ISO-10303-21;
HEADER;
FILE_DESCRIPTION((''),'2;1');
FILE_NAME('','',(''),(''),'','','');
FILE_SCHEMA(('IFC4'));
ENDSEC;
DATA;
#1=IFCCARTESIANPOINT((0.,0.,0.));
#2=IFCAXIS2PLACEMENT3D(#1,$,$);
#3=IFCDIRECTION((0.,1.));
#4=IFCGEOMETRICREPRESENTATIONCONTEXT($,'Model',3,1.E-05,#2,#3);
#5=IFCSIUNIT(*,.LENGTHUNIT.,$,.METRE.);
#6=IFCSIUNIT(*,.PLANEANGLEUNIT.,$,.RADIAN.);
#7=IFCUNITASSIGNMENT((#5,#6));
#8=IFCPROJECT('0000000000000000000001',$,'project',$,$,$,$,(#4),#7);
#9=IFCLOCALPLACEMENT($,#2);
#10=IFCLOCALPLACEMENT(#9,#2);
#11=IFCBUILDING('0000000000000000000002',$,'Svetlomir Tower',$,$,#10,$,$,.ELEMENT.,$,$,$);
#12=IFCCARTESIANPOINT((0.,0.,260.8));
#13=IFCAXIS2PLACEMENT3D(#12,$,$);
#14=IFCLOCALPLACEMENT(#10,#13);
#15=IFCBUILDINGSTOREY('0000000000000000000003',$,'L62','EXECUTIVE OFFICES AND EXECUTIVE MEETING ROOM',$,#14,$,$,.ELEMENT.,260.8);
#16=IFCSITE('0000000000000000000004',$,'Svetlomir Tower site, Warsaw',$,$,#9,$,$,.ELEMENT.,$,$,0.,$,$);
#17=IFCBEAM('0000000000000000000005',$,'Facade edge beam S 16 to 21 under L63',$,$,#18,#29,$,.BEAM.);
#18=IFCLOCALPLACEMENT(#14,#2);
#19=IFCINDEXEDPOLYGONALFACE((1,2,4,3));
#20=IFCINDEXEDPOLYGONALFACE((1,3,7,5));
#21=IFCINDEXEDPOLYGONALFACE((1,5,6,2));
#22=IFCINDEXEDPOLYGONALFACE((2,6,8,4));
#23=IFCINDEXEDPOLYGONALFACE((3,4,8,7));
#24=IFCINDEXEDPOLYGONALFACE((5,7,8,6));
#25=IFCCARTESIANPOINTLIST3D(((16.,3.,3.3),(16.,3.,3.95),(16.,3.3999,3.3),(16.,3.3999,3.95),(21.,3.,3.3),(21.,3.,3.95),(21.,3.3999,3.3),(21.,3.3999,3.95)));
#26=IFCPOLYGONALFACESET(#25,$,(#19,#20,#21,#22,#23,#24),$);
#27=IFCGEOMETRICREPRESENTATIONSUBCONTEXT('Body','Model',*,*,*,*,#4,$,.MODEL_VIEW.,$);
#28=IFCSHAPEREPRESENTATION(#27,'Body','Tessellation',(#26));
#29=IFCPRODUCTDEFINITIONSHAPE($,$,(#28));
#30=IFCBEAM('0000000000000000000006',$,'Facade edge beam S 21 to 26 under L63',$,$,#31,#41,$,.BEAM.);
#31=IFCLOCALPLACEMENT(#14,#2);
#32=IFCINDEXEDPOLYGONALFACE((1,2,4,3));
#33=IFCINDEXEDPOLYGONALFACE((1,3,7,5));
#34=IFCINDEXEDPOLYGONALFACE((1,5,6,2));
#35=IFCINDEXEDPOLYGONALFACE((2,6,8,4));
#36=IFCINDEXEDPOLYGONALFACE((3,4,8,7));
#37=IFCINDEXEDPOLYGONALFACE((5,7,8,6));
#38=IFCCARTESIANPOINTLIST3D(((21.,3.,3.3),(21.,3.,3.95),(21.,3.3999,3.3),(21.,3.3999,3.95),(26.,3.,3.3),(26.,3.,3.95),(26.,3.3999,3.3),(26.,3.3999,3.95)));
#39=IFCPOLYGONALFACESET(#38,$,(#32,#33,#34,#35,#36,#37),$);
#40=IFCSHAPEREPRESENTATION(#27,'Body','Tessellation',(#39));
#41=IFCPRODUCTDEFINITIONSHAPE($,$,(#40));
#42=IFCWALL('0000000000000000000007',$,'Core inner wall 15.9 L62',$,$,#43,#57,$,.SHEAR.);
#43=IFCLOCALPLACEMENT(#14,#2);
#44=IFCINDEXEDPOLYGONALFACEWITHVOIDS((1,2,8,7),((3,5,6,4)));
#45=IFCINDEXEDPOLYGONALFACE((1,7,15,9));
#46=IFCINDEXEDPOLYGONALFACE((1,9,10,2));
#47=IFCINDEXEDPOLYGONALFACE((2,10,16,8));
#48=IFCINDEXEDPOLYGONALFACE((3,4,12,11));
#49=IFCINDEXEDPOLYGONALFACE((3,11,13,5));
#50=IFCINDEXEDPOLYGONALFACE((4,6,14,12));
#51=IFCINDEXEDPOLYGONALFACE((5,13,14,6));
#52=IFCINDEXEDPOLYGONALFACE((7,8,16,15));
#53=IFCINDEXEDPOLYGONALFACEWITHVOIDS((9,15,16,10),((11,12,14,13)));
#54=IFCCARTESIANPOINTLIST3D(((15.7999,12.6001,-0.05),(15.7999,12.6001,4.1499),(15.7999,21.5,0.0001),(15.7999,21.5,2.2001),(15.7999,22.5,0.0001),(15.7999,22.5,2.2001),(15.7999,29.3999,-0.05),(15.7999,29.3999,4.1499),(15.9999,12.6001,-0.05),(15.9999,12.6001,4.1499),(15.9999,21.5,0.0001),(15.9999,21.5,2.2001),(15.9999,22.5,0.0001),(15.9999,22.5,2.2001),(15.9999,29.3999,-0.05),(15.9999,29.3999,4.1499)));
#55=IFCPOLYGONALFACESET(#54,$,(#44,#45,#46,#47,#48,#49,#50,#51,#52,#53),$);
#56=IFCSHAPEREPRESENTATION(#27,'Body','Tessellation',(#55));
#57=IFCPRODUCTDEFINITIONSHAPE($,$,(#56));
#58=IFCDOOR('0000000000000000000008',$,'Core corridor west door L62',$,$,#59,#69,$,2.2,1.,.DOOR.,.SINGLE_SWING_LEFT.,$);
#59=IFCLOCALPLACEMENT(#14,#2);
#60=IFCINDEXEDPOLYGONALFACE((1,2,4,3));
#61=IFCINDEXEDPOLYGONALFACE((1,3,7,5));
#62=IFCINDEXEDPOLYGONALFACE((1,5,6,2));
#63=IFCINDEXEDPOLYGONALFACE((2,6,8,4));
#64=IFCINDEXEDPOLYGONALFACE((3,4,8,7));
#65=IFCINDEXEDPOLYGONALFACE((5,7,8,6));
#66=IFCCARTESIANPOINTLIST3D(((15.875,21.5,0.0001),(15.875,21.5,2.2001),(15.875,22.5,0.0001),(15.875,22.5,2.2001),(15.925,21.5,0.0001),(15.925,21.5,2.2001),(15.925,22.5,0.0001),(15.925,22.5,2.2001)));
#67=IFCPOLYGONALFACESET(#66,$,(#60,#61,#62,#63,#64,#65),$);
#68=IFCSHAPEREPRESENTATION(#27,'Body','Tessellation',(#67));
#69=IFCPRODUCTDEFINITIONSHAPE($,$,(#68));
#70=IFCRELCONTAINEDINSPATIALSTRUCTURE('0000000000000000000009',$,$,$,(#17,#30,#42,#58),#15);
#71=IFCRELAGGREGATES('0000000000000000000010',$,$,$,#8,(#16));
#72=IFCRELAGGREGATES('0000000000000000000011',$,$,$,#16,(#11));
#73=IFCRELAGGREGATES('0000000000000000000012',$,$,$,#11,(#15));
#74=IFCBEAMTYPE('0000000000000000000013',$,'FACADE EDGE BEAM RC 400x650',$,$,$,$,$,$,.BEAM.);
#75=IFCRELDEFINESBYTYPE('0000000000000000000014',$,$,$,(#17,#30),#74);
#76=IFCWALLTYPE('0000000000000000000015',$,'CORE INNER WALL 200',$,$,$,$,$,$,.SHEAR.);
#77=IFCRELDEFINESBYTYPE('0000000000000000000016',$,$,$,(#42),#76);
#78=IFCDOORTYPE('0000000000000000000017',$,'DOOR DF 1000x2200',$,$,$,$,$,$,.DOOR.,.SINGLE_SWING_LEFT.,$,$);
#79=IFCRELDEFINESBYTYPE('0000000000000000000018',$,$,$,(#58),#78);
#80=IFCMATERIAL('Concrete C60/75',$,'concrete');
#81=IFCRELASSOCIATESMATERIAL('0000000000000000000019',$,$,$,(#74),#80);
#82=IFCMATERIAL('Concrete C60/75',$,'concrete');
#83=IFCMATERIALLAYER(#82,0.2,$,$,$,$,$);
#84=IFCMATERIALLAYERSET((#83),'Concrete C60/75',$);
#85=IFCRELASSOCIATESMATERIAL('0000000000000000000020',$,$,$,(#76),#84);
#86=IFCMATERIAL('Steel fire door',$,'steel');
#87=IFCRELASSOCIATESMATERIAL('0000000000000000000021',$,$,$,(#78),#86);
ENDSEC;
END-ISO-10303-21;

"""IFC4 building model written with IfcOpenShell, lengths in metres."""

from ifc_helpers import new_model, si_unit, direction, frame, frame_2d, origin, origin_2d, place, context, subcontext, project, spatial, rectangle, extrude, material, layer, layer_set, material_profile, profile_set, type_object, element, fill, save


model = new_model("IFC4")

# Units and contexts
model_context = context("Model", 3, precision=1e-05, world=origin(), true_north=direction((0.0, 1.0)))
body_context = subcontext(model_context, "Body", "Model", "MODEL_VIEW")
ifc_project = project(units=[si_unit("LENGTHUNIT", "METRE"), si_unit("PLANEANGLEUNIT", "RADIAN")], contexts=[model_context])

# Site, building, storey
site_placement = place(None, origin())
site = spatial("IfcSite", under=ifc_project, at=site_placement, Name="Svetlomir Tower site, Warsaw", CompositionType="ELEMENT", RefElevation=0.0)
building_placement = place(site_placement, origin())
building = spatial("IfcBuilding", under=site, at=building_placement, Name="Svetlomir Tower", CompositionType="ELEMENT")
storey_placement = place(building_placement, frame((0.0, 0.0, 260.8)))
storey = spatial("IfcBuildingStorey", under=building, at=storey_placement, Name="L62", Description="EXECUTIVE OFFICES AND EXECUTIVE MEETING ROOM", CompositionType="ELEMENT", Elevation=260.8)

# Beams
ifc_material_1 = material(Name="Concrete C60/75", Category="concrete")
ifc_material_profile = material_profile(ifc_material_1, rectangle(XDim=0.3999, YDim=0.6499, at=origin_2d()), Name="RC 400x650")
ifc_profile_set = profile_set([ifc_material_profile], Name="Concrete C60/75")
beam_type = type_object("IfcBeamType", Name="FACADE EDGE BEAM RC 400x650", PredefinedType="BEAM", material=ifc_profile_set)
for number, where, z_axis, x_axis, name in (
    (1, (16.0, 3.2, 3.625), (1.0, 0.0, 0.0), (0.0, 1.0, 0.0), "Facade edge beam S 16 to 21 under L63"),
    (2, (21.0, 3.2, 3.625), (1.0, 0.0, 0.0), (0.0, 1.0, 0.0), "Facade edge beam S 21 to 26 under L63"),
):
    element("IfcBeam", number, at=place(storey_placement, frame(where, z_axis=z_axis, x_axis=x_axis)), inside=storey, type_object=beam_type, Name=name, PredefinedType="BEAM", context=body_context, shape_type="SweptSolid", body=[
        extrude(rectangle(XDim=0.3999, YDim=0.6499, at=origin_2d()), origin(), (0.0, 0.0, 1.0), 5.0),
    ])

# Wall, opening, door
ifc_material_2 = material(Name="Concrete C60/75", Category="concrete")
ifc_layer_1 = layer(ifc_material_2, 0.2)
ifc_layer_set_1 = layer_set([ifc_layer_1], Name="Concrete C60/75")
wall_type_1 = type_object("IfcWallType", Name="CORE INNER WALL 200", PredefinedType="SHEAR", material=ifc_layer_set_1)
wall_1_placement = place(storey_placement, frame((15.8999, 12.6001, -0.05), z_axis=(0.0, 0.0, 1.0), x_axis=(0.0, 1.0, 0.0)))
wall_1 = element("IfcWall", 3, at=wall_1_placement, inside=storey, type_object=wall_type_1, Name="Core inner wall 15.9 L62", PredefinedType="SHEAR", context=body_context, shape_type="SweptSolid", body=[
    extrude(rectangle(XDim=16.7998, YDim=0.2, at=frame_2d((8.3999, 0.0))), origin(), (0.0, 0.0, 1.0), 4.2),
])
opening_1_placement = place(wall_1_placement, frame((8.8999, 0.0, 0.05)))
opening_1 = element("IfcOpeningElement", 4, at=opening_1_placement, cuts=wall_1, PredefinedType="OPENING", context=body_context, shape_type="SweptSolid", body=[
    extrude(rectangle(XDim=1.0, YDim=2.2, at=frame_2d((0.5, 1.1001))), frame((0.0, 0.1099, 0.0), z_axis=(0.0, -1.0, 0.0), x_axis=(1.0, 0.0, 0.0)), (0.0, 0.0, 1.0), 0.22),
])
ifc_material_3 = material(Name="Steel fire door", Category="steel")
door_type_1 = type_object("IfcDoorType", Name="DOOR DF 1000x2200", OperationType="SINGLE_SWING_LEFT", PredefinedType="DOOR", material=ifc_material_3)
door_1_placement = place(opening_1_placement, origin())
door_1 = element("IfcDoor", 5, at=door_1_placement, inside=storey, type_object=door_type_1, Name="Core corridor west door L62", OperationType="SINGLE_SWING_LEFT", OverallHeight=2.2, OverallWidth=1.0, PredefinedType="DOOR", context=body_context, shape_type="SweptSolid", body=[
    extrude(rectangle(XDim=1.0, YDim=2.2, at=frame_2d((0.5, 1.1001))), frame((0.0, 0.0249, 0.0), z_axis=(0.0, -1.0, 0.0), x_axis=(1.0, 0.0, 0.0)), (0.0, 0.0, 1.0), 0.05),
])
fill(opening_1, door_1)

save(model, "model.ifc")
